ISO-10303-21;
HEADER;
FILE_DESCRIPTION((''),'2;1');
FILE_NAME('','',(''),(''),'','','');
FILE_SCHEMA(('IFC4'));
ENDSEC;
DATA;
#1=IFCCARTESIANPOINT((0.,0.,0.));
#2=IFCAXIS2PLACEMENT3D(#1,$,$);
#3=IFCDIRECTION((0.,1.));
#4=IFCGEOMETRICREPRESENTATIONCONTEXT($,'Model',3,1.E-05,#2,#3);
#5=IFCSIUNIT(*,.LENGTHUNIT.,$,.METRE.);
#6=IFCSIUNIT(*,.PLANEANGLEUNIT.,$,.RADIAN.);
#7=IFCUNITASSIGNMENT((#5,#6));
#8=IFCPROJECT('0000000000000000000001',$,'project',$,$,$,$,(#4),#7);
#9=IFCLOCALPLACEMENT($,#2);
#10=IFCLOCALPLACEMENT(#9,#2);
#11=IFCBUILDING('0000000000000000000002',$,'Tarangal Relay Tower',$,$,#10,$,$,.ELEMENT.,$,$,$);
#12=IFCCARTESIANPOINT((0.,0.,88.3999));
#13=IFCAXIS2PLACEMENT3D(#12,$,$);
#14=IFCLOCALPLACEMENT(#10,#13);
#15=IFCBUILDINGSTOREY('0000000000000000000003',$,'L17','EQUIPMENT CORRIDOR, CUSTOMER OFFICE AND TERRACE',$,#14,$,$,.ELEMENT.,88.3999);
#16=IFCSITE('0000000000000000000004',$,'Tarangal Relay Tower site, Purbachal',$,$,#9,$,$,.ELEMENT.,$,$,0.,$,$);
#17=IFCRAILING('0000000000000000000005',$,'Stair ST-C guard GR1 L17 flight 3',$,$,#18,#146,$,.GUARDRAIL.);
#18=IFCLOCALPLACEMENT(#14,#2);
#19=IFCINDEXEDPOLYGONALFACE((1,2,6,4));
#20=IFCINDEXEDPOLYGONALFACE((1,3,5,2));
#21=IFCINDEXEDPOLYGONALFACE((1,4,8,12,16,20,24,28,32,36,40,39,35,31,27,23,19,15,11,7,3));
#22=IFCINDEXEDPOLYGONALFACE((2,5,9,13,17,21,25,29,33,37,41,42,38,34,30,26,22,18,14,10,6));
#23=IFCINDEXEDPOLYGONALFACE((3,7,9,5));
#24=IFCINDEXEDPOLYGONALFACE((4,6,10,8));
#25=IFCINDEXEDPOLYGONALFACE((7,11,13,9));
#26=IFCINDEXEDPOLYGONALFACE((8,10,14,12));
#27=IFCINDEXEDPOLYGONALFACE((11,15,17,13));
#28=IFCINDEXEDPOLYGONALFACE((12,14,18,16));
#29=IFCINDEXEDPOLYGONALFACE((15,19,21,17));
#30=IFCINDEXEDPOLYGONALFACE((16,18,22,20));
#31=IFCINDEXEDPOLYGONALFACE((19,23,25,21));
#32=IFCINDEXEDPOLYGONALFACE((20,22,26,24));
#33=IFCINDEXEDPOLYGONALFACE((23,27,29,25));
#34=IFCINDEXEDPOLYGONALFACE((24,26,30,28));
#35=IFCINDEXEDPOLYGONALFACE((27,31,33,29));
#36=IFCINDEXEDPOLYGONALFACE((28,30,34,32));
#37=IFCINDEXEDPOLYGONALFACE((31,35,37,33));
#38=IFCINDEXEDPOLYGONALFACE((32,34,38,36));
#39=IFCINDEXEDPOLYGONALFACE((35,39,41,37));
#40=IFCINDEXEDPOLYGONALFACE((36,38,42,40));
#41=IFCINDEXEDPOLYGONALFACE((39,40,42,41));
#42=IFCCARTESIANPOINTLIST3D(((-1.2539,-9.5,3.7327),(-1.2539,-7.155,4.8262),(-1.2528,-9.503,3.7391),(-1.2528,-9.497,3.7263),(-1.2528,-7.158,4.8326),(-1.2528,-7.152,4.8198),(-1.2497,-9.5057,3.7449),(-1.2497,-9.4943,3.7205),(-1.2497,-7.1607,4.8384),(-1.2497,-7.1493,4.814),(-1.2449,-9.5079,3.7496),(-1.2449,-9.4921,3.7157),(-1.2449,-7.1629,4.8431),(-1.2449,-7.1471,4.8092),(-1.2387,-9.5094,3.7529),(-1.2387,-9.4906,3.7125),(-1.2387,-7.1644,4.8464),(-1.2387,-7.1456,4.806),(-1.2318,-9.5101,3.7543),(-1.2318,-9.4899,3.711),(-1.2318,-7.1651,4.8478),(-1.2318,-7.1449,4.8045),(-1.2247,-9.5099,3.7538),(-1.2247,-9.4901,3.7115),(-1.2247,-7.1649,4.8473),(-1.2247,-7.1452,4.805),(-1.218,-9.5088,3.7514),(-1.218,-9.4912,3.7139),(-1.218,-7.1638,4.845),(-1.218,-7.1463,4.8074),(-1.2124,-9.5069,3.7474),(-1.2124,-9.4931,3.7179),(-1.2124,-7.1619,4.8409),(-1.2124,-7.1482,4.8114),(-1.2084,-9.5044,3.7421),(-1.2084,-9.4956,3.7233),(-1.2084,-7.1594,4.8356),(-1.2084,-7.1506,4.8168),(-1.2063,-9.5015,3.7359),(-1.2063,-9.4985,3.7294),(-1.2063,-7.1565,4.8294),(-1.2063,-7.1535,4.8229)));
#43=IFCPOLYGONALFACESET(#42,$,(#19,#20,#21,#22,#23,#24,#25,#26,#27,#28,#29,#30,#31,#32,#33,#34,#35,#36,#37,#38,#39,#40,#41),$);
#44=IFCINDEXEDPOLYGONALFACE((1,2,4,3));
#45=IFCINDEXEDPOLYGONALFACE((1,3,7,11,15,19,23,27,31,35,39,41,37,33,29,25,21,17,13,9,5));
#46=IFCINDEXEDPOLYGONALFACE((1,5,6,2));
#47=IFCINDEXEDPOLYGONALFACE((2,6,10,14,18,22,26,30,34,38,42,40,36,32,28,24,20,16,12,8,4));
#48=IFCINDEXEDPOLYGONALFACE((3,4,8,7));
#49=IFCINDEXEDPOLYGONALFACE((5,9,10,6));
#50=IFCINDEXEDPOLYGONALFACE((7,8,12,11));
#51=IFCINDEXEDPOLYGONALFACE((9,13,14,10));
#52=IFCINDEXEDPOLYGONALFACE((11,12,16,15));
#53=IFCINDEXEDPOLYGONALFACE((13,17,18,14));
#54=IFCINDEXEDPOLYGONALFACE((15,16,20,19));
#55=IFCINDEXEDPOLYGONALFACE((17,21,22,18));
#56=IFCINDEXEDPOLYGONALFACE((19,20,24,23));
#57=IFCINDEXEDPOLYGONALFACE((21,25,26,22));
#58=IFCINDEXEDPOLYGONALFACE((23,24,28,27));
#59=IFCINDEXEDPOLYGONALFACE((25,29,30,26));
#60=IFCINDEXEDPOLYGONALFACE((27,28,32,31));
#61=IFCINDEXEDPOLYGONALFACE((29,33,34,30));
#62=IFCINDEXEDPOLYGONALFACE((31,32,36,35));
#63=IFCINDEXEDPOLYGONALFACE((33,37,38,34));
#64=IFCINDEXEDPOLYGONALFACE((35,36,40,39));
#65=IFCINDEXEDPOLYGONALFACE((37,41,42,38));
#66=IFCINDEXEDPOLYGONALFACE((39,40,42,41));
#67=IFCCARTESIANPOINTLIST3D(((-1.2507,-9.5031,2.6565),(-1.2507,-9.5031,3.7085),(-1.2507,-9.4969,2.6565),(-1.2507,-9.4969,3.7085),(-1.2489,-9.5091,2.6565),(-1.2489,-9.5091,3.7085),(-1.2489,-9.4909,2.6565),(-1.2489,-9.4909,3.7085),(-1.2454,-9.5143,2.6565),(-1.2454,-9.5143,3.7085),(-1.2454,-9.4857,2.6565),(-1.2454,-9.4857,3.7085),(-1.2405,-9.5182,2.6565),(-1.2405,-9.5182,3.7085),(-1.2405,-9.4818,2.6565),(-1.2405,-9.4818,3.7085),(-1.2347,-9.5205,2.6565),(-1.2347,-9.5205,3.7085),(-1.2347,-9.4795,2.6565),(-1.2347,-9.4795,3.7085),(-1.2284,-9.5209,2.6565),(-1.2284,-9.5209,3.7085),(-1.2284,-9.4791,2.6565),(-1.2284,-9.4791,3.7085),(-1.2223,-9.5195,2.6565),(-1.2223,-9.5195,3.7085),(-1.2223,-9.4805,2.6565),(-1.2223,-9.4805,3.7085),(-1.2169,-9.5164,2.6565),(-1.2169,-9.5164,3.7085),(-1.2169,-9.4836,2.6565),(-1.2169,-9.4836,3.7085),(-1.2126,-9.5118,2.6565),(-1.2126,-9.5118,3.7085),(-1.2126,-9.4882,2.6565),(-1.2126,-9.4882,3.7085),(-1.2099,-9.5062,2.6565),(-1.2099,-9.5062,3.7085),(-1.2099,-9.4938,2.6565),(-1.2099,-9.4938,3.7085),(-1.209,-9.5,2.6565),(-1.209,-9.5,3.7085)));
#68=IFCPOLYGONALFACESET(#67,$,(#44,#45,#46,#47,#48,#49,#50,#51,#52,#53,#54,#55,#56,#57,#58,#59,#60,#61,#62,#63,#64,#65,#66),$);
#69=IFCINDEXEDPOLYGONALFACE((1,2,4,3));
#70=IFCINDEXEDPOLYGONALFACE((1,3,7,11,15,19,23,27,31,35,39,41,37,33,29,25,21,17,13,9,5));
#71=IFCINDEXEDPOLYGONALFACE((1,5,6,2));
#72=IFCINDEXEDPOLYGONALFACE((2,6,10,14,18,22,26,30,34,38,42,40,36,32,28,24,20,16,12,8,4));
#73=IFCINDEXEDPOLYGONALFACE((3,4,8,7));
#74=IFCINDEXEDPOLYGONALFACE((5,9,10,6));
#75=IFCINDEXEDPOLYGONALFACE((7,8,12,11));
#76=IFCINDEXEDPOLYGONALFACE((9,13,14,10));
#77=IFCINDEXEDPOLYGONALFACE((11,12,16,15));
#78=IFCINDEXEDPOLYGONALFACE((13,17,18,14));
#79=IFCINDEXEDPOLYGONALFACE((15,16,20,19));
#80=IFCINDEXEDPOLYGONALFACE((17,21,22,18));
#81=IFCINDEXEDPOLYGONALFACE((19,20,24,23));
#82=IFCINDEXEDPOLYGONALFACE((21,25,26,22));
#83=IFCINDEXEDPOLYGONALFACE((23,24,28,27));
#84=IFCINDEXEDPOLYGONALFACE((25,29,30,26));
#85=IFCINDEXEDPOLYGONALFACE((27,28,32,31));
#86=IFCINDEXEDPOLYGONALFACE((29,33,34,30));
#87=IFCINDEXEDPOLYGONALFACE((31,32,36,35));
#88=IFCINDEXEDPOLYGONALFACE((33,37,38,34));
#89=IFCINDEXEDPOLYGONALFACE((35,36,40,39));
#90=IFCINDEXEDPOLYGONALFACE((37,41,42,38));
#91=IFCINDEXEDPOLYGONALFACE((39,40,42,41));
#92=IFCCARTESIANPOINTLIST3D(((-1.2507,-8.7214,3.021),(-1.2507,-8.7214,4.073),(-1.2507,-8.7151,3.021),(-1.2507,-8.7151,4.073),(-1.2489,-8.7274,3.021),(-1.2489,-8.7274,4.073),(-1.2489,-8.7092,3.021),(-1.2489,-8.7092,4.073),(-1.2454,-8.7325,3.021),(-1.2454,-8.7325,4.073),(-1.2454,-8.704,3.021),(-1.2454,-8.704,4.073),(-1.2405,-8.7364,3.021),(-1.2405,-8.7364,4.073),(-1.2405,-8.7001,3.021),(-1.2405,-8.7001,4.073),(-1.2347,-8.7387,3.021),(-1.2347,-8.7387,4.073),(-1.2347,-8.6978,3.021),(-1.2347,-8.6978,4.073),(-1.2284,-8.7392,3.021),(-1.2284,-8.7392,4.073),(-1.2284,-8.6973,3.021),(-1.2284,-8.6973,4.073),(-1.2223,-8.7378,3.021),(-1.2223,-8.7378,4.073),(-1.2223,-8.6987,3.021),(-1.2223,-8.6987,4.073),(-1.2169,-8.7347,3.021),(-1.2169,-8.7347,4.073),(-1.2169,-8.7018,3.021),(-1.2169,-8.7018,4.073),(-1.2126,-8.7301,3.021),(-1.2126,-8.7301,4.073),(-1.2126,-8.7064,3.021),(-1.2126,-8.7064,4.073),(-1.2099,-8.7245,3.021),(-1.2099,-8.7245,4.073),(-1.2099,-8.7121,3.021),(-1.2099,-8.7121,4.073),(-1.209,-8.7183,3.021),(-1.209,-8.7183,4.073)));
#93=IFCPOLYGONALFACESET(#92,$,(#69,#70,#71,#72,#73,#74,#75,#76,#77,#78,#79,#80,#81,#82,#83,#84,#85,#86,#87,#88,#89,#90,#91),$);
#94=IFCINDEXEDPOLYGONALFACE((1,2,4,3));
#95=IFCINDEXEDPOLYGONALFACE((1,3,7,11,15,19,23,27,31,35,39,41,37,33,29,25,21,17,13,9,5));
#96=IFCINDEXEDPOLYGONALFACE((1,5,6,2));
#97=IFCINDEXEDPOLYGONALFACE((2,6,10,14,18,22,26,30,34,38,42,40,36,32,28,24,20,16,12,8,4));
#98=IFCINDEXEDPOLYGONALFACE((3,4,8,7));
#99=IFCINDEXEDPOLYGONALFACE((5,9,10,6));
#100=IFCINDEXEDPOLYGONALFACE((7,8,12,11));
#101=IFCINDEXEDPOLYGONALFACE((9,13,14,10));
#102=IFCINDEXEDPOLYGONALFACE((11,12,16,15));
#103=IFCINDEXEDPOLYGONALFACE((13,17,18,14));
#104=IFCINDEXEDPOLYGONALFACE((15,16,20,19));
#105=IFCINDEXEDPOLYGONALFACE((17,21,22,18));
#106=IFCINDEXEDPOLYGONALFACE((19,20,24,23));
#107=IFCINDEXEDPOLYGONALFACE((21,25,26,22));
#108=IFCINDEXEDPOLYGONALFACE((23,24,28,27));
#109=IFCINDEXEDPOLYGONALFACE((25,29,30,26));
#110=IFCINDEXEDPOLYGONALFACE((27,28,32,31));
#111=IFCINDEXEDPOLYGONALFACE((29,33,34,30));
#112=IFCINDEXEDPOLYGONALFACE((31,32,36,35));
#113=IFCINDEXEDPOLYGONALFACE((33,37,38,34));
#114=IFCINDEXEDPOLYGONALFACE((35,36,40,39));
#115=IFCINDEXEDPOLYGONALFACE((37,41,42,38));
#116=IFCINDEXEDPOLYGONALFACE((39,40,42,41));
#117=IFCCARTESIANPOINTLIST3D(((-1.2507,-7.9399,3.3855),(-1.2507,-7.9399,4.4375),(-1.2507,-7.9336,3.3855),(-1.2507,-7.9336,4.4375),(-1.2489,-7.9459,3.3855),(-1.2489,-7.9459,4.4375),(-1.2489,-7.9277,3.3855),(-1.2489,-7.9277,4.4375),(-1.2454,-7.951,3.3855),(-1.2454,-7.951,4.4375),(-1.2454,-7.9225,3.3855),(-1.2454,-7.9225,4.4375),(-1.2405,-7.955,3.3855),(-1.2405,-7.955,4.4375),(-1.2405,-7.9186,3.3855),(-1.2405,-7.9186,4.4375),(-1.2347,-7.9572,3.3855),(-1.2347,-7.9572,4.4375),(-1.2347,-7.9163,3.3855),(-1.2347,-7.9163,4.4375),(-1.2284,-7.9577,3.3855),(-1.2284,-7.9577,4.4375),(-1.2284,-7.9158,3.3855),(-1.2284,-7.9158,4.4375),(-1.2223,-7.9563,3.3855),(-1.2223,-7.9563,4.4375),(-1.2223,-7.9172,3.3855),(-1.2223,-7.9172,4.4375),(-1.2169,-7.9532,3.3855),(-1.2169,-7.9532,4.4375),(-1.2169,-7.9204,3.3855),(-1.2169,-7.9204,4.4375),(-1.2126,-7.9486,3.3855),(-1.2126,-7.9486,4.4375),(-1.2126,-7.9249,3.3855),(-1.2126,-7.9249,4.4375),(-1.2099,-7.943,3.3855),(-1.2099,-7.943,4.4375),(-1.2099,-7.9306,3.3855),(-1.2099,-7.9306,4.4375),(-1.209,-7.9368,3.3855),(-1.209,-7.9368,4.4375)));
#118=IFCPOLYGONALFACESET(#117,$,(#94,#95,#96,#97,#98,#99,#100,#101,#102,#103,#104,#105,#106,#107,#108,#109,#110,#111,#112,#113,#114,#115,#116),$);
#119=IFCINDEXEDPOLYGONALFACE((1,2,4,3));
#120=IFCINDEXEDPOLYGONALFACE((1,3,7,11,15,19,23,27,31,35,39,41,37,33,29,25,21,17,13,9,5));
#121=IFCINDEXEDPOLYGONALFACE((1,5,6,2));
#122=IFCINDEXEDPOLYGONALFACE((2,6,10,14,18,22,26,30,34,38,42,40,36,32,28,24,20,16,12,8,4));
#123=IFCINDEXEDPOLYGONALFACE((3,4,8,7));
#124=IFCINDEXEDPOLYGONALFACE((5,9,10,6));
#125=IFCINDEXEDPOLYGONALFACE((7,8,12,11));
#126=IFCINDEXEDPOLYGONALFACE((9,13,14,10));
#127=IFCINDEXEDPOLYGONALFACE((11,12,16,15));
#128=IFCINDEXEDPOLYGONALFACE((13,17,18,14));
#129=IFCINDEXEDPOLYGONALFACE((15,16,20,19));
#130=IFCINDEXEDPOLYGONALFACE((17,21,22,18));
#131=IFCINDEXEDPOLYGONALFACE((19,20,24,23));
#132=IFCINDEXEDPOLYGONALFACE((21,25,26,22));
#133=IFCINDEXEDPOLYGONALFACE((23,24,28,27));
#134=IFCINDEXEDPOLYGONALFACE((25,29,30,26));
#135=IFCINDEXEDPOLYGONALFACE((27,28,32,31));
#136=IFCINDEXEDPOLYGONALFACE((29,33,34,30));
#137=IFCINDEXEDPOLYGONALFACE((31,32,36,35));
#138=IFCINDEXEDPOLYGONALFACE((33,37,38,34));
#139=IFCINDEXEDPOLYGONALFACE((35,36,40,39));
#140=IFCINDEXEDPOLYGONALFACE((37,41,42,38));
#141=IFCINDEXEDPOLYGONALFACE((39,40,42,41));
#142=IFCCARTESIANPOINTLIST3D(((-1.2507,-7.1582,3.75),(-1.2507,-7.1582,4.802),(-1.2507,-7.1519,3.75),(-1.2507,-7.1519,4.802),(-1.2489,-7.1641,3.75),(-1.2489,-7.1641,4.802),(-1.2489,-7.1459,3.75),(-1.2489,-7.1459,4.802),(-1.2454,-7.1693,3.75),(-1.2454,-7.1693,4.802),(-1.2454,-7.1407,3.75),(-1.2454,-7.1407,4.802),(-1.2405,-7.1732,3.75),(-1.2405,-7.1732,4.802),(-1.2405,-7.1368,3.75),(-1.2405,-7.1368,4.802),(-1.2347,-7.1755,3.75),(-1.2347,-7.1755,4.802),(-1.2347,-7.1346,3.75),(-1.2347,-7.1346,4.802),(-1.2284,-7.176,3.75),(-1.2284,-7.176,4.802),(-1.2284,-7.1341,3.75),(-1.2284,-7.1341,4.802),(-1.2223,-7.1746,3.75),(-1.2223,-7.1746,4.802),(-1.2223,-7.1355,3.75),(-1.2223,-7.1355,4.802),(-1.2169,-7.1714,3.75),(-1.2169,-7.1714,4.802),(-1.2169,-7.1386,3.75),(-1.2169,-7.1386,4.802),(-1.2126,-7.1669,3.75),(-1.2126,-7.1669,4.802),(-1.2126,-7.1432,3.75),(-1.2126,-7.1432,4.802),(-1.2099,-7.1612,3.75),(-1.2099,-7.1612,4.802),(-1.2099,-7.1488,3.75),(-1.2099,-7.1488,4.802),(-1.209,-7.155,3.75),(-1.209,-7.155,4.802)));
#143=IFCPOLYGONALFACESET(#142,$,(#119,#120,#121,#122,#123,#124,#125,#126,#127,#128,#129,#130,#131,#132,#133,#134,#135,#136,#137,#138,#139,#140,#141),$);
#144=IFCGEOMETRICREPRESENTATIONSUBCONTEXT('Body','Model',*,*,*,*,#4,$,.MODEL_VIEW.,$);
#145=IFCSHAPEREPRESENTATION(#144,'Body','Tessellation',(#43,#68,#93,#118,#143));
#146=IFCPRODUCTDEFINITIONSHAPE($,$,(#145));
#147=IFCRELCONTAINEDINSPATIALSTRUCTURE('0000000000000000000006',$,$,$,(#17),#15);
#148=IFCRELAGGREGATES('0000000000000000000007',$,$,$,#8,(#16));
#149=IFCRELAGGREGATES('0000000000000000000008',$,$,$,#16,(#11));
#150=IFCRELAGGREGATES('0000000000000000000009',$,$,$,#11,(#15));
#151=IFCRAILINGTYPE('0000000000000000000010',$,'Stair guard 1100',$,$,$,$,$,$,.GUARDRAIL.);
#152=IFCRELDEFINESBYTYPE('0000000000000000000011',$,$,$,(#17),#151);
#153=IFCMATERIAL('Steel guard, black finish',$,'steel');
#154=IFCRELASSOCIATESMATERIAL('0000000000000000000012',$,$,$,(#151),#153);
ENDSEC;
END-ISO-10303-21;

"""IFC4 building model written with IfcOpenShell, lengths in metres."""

from ifc_helpers import new_model, si_unit, direction, frame, origin, origin_2d, place, context, subcontext, project, spatial, circle, extrude, material, type_object, element, save


model = new_model("IFC4")

# Units and contexts
model_context = context("Model", 3, precision=1e-05, world=origin(), true_north=direction((0.0, 1.0)))
body_context = subcontext(model_context, "Body", "Model", "MODEL_VIEW")
ifc_project = project(units=[si_unit("LENGTHUNIT", "METRE"), si_unit("PLANEANGLEUNIT", "RADIAN")], contexts=[model_context])

# Site, building, storey
site_placement = place(None, origin())
site = spatial("IfcSite", under=ifc_project, at=site_placement, Name="Tarangal Relay Tower site, Purbachal", CompositionType="ELEMENT", RefElevation=0.0)
building_placement = place(site_placement, origin())
building = spatial("IfcBuilding", under=site, at=building_placement, Name="Tarangal Relay Tower", CompositionType="ELEMENT")
storey_placement = place(building_placement, frame((0.0, 0.0, 88.3999)))
storey = spatial("IfcBuildingStorey", under=building, at=storey_placement, Name="L17", Description="EQUIPMENT CORRIDOR, CUSTOMER OFFICE AND TERRACE", CompositionType="ELEMENT", Elevation=88.3999)

# Railing
ifc_material_1 = material(Name="Steel guard, black finish", Category="steel")
railing_type_1 = type_object("IfcRailingType", Name="Stair guard 1100", PredefinedType="GUARDRAIL", material=ifc_material_1)
for number, where, name in (
    (1, (-1.23, -9.5, 2.6565), "Stair ST-C guard GR1 L17 flight 3"),
):
    element("IfcRailing", number, at=place(storey_placement, frame(where)), inside=storey, type_object=railing_type_1, Name=name, PredefinedType="GUARDRAIL", context=body_context, shape_type="SweptSolid", body=[
        extrude(circle(Radius=0.0239, at=origin_2d()), frame((0.0, 0.0, 1.0762), z_axis=(0.0, 0.906304, 0.422627), x_axis=(-1.0, 0.0, 0.0)), (0.0, 0.0, 1.0), 2.5874),
        extrude(circle(Radius=0.021, at=origin_2d()), origin(), (0.0, 0.0, 1.0), 1.052),
        extrude(circle(Radius=0.021, at=origin_2d()), frame((0.0, 0.7817, 0.3645)), (0.0, 0.0, 1.0), 1.052),
        extrude(circle(Radius=0.021, at=origin_2d()), frame((0.0, 1.5632, 0.729)), (0.0, 0.0, 1.0), 1.052),
        extrude(circle(Radius=0.021, at=origin_2d()), frame((0.0, 2.345, 1.0935)), (0.0, 0.0, 1.0), 1.052),
    ])

save(model, "model.ifc")
